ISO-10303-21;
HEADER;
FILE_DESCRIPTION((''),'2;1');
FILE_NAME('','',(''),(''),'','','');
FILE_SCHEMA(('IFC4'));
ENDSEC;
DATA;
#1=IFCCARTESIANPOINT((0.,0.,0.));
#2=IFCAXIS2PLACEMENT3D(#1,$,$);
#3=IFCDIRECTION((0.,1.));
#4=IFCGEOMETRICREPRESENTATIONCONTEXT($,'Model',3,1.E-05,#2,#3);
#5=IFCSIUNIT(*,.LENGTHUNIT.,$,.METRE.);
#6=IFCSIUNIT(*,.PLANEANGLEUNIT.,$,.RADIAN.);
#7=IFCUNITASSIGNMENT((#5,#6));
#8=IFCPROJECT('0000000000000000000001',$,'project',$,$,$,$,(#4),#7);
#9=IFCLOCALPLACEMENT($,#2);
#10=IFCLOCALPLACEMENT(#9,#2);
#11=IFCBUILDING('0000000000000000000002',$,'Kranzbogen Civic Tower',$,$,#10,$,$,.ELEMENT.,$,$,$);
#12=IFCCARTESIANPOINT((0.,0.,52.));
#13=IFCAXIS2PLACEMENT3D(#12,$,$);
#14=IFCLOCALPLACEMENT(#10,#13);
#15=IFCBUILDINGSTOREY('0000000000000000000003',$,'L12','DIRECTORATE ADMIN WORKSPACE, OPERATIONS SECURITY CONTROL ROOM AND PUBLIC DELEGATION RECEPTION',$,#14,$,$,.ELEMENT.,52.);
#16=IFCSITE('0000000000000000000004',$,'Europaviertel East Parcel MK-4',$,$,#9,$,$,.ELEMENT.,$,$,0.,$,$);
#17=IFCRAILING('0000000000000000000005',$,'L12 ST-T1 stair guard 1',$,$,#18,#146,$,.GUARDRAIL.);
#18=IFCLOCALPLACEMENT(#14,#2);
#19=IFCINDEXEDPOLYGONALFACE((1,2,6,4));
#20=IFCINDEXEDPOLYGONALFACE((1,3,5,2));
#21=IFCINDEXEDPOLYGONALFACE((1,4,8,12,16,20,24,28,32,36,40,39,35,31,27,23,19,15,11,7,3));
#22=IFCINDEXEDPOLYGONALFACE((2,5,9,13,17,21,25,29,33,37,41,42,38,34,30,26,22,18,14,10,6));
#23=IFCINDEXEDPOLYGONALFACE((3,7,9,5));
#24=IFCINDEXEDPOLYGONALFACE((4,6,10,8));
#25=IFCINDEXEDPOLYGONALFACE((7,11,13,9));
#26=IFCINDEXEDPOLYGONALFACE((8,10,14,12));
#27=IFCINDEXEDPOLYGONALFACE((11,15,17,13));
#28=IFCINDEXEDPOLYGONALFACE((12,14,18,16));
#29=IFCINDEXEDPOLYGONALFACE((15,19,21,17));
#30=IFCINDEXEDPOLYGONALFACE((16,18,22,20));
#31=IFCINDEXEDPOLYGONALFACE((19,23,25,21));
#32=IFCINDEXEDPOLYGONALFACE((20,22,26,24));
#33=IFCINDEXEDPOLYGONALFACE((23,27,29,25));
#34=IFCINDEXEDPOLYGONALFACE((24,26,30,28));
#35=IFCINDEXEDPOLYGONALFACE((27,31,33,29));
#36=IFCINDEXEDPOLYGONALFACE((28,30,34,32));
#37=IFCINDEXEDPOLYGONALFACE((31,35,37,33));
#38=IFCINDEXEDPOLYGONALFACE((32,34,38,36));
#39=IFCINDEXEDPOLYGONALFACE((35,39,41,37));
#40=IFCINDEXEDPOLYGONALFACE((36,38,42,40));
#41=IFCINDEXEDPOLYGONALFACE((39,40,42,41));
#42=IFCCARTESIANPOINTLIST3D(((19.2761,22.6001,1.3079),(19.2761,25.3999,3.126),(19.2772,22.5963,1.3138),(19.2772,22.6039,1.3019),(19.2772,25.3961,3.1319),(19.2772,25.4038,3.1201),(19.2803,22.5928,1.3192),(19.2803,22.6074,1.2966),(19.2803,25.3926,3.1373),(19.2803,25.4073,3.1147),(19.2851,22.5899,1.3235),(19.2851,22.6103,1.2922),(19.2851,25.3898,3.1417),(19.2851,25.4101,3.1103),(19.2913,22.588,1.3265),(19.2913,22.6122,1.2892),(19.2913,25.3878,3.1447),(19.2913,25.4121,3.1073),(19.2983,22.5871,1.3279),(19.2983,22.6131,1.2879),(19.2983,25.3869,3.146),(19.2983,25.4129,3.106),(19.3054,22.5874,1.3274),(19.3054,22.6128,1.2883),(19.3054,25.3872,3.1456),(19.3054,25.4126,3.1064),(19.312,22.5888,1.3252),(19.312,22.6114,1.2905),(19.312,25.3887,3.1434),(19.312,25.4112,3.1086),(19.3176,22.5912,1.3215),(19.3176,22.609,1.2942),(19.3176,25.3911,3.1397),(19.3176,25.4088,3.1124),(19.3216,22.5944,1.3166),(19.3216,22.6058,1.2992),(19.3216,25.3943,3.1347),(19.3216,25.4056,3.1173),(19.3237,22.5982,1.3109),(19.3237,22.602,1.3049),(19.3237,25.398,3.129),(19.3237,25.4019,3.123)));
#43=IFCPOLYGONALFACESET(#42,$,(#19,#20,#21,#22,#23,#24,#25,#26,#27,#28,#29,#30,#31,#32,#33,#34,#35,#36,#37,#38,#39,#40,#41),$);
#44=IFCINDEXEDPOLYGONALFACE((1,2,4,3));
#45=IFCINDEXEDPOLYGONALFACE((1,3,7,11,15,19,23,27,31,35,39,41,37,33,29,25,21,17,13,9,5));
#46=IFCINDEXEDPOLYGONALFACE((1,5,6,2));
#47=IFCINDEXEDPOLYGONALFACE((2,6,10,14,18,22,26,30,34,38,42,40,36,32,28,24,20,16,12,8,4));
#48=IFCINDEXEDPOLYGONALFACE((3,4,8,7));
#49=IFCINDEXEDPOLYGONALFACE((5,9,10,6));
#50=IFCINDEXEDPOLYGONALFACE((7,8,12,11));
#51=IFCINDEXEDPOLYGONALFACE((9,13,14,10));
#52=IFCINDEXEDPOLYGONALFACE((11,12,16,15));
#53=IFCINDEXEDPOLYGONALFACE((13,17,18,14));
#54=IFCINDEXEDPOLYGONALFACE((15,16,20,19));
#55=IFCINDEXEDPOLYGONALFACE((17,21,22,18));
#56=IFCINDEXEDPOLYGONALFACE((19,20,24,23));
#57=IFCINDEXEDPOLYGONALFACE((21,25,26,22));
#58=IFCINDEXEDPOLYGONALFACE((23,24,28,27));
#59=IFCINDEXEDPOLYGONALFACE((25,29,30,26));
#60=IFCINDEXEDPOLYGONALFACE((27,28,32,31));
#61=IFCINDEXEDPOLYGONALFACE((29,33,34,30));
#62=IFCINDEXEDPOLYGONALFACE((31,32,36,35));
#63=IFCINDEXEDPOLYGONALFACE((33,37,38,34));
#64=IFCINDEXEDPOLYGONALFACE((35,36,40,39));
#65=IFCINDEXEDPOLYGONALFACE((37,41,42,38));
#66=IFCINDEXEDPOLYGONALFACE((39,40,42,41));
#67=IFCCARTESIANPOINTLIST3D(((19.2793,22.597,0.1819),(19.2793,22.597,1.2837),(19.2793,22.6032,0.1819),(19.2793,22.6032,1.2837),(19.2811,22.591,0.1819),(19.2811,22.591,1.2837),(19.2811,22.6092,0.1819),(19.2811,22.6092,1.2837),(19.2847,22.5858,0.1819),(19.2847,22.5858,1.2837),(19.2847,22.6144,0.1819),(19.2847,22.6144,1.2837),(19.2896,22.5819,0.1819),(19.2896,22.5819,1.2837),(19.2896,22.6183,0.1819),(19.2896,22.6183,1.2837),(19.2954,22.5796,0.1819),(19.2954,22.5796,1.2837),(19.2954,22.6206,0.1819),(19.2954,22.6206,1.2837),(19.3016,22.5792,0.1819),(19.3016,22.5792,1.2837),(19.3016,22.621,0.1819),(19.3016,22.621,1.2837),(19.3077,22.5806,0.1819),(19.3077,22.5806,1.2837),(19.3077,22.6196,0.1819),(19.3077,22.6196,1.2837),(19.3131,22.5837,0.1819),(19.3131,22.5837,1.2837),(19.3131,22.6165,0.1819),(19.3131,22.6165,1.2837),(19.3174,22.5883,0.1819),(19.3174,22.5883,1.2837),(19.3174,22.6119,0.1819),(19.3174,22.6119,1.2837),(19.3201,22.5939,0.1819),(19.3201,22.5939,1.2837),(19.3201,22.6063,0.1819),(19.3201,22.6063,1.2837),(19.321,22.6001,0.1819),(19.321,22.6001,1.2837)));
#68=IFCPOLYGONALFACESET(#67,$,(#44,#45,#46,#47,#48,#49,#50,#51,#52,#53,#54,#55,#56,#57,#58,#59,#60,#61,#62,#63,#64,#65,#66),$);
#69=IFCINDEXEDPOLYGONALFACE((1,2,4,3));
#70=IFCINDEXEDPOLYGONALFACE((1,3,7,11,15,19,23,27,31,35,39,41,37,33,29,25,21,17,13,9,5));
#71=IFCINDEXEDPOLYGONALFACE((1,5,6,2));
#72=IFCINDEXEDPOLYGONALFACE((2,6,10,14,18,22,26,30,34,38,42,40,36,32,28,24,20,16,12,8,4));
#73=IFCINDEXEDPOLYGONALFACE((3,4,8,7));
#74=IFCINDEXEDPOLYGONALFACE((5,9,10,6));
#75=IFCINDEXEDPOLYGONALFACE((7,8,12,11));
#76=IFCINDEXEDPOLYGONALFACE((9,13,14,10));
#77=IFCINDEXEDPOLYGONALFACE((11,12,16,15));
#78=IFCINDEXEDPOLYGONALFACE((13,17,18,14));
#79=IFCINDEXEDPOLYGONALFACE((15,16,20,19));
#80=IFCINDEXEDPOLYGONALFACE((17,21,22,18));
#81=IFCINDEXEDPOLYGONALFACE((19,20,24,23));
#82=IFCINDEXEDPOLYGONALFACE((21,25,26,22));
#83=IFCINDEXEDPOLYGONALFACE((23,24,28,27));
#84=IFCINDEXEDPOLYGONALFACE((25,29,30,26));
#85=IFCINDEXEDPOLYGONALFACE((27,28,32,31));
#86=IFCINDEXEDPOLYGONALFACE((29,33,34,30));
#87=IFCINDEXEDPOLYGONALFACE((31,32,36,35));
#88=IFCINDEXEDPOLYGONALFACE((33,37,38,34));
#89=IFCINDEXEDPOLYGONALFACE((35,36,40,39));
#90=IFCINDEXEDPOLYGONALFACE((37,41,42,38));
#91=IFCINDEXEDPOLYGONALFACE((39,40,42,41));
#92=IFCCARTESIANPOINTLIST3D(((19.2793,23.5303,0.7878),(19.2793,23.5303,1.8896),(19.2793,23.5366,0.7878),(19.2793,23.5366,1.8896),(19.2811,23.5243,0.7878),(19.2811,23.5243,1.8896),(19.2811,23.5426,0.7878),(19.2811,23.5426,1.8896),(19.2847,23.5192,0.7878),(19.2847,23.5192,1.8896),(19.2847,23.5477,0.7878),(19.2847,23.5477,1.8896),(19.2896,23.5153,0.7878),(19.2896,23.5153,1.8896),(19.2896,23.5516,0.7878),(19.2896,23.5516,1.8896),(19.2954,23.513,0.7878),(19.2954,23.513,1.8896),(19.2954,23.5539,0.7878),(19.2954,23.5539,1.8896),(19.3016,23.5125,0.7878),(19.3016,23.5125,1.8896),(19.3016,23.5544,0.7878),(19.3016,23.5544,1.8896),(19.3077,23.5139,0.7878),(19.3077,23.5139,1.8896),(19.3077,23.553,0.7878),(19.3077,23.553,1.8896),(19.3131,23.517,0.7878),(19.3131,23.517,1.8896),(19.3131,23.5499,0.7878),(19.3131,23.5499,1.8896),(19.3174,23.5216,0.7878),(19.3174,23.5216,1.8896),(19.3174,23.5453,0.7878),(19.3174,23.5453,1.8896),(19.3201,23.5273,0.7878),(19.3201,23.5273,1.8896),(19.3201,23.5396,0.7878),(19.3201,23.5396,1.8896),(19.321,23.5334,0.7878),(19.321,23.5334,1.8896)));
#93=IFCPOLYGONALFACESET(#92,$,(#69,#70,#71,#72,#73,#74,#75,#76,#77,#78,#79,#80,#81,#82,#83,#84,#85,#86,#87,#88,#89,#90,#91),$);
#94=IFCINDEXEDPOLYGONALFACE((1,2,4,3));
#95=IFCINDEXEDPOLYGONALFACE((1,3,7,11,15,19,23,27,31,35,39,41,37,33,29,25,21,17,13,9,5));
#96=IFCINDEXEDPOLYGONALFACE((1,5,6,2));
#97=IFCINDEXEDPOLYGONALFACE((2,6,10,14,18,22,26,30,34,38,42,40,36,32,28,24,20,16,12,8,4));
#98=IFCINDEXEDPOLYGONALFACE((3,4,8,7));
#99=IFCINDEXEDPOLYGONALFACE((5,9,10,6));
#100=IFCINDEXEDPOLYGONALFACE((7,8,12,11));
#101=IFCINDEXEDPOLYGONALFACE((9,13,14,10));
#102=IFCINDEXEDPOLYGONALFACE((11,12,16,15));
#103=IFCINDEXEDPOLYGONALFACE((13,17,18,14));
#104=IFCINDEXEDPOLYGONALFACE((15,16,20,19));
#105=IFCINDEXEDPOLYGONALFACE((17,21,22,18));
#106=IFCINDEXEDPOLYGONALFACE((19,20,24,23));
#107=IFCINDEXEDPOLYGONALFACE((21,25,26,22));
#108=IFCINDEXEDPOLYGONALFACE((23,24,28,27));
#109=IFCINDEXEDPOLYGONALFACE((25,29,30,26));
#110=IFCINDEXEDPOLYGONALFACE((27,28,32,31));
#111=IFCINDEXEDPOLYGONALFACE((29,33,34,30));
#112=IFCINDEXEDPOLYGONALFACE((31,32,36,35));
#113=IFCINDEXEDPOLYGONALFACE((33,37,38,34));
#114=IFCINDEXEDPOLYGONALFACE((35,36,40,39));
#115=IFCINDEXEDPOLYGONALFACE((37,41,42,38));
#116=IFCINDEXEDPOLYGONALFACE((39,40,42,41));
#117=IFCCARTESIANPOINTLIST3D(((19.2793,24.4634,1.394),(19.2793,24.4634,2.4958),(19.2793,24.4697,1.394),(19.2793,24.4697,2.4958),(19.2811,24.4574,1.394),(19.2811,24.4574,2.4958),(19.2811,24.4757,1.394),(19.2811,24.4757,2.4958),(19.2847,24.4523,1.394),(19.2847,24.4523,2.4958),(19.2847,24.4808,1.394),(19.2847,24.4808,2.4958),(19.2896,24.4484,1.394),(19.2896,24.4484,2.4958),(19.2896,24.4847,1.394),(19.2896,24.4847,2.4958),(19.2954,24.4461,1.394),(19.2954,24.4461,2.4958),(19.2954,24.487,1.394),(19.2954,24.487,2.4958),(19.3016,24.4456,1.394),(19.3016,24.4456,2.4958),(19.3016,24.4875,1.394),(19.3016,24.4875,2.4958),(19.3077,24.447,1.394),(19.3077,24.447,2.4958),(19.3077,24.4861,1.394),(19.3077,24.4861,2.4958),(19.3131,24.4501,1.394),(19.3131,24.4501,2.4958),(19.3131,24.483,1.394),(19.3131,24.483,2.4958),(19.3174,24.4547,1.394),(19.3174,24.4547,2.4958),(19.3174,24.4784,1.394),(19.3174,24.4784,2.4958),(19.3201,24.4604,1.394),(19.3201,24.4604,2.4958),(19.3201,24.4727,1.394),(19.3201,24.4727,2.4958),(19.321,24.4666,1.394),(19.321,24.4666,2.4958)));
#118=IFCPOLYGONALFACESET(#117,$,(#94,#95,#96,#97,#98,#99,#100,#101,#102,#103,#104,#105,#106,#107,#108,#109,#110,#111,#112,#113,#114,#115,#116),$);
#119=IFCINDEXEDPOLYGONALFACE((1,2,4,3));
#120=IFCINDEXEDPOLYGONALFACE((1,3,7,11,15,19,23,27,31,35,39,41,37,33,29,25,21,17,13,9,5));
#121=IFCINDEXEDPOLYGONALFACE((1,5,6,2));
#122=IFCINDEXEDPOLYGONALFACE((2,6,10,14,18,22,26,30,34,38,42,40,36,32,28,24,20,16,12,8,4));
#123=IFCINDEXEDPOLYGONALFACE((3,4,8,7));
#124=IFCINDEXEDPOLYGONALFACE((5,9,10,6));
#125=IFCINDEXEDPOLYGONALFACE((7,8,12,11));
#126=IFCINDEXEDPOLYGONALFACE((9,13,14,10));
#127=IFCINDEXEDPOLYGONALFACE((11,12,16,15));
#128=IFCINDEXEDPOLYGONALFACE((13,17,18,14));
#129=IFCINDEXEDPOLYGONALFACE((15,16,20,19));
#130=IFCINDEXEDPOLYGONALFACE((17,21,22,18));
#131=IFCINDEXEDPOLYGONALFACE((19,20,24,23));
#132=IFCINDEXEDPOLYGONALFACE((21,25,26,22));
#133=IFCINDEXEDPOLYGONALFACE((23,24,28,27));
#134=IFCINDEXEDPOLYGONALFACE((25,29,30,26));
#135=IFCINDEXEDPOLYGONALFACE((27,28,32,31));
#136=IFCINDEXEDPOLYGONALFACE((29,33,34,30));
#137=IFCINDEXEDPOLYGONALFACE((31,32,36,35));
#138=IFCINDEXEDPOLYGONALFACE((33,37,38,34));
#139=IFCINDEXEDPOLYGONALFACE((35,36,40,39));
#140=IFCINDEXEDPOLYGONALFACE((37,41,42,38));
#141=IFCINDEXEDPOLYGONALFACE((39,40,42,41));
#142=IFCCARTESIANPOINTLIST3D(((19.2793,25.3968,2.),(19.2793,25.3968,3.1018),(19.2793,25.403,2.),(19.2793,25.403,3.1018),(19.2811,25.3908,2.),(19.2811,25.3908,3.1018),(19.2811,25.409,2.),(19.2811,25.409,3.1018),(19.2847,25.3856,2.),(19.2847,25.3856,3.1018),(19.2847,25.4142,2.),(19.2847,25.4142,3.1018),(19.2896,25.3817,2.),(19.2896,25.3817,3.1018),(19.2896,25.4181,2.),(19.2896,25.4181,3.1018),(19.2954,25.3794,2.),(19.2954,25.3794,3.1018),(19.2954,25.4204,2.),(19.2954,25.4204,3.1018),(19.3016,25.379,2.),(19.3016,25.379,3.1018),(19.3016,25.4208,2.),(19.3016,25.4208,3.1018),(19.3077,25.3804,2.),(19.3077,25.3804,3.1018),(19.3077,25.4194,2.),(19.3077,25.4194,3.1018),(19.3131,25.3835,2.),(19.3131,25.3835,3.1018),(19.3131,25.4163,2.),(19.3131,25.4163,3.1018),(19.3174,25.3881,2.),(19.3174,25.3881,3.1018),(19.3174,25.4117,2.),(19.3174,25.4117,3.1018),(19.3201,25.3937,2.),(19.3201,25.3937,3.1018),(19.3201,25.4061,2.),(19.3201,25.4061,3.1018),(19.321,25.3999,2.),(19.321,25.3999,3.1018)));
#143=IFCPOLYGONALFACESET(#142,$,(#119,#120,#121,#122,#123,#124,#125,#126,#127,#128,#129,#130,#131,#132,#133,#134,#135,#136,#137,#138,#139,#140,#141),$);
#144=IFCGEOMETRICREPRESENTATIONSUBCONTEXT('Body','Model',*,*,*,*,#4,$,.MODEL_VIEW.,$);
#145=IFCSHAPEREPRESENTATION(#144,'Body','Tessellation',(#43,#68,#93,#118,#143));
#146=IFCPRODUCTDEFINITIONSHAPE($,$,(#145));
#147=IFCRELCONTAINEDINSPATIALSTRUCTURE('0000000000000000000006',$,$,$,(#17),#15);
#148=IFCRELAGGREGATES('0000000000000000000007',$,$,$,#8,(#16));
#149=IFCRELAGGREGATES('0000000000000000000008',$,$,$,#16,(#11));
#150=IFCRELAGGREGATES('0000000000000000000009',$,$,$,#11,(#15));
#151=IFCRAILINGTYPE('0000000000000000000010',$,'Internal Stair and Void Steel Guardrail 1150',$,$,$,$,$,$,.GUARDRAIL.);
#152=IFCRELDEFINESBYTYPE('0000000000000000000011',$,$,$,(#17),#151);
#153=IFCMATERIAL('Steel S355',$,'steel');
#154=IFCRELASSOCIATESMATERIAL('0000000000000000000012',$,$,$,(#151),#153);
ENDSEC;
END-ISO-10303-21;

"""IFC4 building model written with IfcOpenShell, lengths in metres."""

from ifc_helpers import new_model, si_unit, direction, frame, origin, origin_2d, place, context, subcontext, project, spatial, circle, extrude, material, type_object, element, save


model = new_model("IFC4")

# Units and contexts
model_context = context("Model", 3, precision=1e-05, world=origin(), true_north=direction((0.0, 1.0)))
body_context = subcontext(model_context, "Body", "Model", "MODEL_VIEW")
ifc_project = project(units=[si_unit("LENGTHUNIT", "METRE"), si_unit("PLANEANGLEUNIT", "RADIAN")], contexts=[model_context])

# Site, building, storey
site_placement = place(None, origin())
site = spatial("IfcSite", under=ifc_project, at=site_placement, Name="Europaviertel East Parcel MK-4", CompositionType="ELEMENT", RefElevation=0.0)
building_placement = place(site_placement, origin())
building = spatial("IfcBuilding", under=site, at=building_placement, Name="Kranzbogen Civic Tower", CompositionType="ELEMENT")
storey_placement = place(building_placement, frame((0.0, 0.0, 52.0)))
storey = spatial("IfcBuildingStorey", under=building, at=storey_placement, Name="L12", Description="DIRECTORATE ADMIN WORKSPACE, OPERATIONS SECURITY CONTROL ROOM AND PUBLIC DELEGATION RECEPTION", CompositionType="ELEMENT", Elevation=52.0)

# Shared definitions
ifc_material_1 = material(Name="Steel S355", Category="steel")

# Railing
railing_type_1 = type_object("IfcRailingType", Name="Internal Stair and Void Steel Guardrail 1150", PredefinedType="GUARDRAIL", material=ifc_material_1)
railing_1_placement = place(storey_placement, frame((19.3, 22.6001, 0.1819)))
element("IfcRailing", 1, at=railing_1_placement, inside=storey, type_object=railing_type_1, Name="L12 ST-T1 stair guard 1", PredefinedType="GUARDRAIL", context=body_context, shape_type="SweptSolid", body=[
    extrude(circle(Radius=0.0239, at=origin_2d()), frame((0.0, 0.0, 1.126), z_axis=(0.0, 0.838684, 0.544618), x_axis=(-1.0, 0.0, 0.0)), (0.0, 0.0, 1.0), 3.3384),
    extrude(circle(Radius=0.021, at=origin_2d()), origin(), (0.0, 0.0, 1.0), 1.1018),
    extrude(circle(Radius=0.021, at=origin_2d()), frame((0.0, 0.9333, 0.606)), (0.0, 0.0, 1.0), 1.1018),
    extrude(circle(Radius=0.021, at=origin_2d()), frame((0.0, 1.8665, 1.2122)), (0.0, 0.0, 1.0), 1.1018),
    extrude(circle(Radius=0.021, at=origin_2d()), frame((0.0, 2.7998, 1.8181)), (0.0, 0.0, 1.0), 1.1018),
])

save(model, "model.ifc")
